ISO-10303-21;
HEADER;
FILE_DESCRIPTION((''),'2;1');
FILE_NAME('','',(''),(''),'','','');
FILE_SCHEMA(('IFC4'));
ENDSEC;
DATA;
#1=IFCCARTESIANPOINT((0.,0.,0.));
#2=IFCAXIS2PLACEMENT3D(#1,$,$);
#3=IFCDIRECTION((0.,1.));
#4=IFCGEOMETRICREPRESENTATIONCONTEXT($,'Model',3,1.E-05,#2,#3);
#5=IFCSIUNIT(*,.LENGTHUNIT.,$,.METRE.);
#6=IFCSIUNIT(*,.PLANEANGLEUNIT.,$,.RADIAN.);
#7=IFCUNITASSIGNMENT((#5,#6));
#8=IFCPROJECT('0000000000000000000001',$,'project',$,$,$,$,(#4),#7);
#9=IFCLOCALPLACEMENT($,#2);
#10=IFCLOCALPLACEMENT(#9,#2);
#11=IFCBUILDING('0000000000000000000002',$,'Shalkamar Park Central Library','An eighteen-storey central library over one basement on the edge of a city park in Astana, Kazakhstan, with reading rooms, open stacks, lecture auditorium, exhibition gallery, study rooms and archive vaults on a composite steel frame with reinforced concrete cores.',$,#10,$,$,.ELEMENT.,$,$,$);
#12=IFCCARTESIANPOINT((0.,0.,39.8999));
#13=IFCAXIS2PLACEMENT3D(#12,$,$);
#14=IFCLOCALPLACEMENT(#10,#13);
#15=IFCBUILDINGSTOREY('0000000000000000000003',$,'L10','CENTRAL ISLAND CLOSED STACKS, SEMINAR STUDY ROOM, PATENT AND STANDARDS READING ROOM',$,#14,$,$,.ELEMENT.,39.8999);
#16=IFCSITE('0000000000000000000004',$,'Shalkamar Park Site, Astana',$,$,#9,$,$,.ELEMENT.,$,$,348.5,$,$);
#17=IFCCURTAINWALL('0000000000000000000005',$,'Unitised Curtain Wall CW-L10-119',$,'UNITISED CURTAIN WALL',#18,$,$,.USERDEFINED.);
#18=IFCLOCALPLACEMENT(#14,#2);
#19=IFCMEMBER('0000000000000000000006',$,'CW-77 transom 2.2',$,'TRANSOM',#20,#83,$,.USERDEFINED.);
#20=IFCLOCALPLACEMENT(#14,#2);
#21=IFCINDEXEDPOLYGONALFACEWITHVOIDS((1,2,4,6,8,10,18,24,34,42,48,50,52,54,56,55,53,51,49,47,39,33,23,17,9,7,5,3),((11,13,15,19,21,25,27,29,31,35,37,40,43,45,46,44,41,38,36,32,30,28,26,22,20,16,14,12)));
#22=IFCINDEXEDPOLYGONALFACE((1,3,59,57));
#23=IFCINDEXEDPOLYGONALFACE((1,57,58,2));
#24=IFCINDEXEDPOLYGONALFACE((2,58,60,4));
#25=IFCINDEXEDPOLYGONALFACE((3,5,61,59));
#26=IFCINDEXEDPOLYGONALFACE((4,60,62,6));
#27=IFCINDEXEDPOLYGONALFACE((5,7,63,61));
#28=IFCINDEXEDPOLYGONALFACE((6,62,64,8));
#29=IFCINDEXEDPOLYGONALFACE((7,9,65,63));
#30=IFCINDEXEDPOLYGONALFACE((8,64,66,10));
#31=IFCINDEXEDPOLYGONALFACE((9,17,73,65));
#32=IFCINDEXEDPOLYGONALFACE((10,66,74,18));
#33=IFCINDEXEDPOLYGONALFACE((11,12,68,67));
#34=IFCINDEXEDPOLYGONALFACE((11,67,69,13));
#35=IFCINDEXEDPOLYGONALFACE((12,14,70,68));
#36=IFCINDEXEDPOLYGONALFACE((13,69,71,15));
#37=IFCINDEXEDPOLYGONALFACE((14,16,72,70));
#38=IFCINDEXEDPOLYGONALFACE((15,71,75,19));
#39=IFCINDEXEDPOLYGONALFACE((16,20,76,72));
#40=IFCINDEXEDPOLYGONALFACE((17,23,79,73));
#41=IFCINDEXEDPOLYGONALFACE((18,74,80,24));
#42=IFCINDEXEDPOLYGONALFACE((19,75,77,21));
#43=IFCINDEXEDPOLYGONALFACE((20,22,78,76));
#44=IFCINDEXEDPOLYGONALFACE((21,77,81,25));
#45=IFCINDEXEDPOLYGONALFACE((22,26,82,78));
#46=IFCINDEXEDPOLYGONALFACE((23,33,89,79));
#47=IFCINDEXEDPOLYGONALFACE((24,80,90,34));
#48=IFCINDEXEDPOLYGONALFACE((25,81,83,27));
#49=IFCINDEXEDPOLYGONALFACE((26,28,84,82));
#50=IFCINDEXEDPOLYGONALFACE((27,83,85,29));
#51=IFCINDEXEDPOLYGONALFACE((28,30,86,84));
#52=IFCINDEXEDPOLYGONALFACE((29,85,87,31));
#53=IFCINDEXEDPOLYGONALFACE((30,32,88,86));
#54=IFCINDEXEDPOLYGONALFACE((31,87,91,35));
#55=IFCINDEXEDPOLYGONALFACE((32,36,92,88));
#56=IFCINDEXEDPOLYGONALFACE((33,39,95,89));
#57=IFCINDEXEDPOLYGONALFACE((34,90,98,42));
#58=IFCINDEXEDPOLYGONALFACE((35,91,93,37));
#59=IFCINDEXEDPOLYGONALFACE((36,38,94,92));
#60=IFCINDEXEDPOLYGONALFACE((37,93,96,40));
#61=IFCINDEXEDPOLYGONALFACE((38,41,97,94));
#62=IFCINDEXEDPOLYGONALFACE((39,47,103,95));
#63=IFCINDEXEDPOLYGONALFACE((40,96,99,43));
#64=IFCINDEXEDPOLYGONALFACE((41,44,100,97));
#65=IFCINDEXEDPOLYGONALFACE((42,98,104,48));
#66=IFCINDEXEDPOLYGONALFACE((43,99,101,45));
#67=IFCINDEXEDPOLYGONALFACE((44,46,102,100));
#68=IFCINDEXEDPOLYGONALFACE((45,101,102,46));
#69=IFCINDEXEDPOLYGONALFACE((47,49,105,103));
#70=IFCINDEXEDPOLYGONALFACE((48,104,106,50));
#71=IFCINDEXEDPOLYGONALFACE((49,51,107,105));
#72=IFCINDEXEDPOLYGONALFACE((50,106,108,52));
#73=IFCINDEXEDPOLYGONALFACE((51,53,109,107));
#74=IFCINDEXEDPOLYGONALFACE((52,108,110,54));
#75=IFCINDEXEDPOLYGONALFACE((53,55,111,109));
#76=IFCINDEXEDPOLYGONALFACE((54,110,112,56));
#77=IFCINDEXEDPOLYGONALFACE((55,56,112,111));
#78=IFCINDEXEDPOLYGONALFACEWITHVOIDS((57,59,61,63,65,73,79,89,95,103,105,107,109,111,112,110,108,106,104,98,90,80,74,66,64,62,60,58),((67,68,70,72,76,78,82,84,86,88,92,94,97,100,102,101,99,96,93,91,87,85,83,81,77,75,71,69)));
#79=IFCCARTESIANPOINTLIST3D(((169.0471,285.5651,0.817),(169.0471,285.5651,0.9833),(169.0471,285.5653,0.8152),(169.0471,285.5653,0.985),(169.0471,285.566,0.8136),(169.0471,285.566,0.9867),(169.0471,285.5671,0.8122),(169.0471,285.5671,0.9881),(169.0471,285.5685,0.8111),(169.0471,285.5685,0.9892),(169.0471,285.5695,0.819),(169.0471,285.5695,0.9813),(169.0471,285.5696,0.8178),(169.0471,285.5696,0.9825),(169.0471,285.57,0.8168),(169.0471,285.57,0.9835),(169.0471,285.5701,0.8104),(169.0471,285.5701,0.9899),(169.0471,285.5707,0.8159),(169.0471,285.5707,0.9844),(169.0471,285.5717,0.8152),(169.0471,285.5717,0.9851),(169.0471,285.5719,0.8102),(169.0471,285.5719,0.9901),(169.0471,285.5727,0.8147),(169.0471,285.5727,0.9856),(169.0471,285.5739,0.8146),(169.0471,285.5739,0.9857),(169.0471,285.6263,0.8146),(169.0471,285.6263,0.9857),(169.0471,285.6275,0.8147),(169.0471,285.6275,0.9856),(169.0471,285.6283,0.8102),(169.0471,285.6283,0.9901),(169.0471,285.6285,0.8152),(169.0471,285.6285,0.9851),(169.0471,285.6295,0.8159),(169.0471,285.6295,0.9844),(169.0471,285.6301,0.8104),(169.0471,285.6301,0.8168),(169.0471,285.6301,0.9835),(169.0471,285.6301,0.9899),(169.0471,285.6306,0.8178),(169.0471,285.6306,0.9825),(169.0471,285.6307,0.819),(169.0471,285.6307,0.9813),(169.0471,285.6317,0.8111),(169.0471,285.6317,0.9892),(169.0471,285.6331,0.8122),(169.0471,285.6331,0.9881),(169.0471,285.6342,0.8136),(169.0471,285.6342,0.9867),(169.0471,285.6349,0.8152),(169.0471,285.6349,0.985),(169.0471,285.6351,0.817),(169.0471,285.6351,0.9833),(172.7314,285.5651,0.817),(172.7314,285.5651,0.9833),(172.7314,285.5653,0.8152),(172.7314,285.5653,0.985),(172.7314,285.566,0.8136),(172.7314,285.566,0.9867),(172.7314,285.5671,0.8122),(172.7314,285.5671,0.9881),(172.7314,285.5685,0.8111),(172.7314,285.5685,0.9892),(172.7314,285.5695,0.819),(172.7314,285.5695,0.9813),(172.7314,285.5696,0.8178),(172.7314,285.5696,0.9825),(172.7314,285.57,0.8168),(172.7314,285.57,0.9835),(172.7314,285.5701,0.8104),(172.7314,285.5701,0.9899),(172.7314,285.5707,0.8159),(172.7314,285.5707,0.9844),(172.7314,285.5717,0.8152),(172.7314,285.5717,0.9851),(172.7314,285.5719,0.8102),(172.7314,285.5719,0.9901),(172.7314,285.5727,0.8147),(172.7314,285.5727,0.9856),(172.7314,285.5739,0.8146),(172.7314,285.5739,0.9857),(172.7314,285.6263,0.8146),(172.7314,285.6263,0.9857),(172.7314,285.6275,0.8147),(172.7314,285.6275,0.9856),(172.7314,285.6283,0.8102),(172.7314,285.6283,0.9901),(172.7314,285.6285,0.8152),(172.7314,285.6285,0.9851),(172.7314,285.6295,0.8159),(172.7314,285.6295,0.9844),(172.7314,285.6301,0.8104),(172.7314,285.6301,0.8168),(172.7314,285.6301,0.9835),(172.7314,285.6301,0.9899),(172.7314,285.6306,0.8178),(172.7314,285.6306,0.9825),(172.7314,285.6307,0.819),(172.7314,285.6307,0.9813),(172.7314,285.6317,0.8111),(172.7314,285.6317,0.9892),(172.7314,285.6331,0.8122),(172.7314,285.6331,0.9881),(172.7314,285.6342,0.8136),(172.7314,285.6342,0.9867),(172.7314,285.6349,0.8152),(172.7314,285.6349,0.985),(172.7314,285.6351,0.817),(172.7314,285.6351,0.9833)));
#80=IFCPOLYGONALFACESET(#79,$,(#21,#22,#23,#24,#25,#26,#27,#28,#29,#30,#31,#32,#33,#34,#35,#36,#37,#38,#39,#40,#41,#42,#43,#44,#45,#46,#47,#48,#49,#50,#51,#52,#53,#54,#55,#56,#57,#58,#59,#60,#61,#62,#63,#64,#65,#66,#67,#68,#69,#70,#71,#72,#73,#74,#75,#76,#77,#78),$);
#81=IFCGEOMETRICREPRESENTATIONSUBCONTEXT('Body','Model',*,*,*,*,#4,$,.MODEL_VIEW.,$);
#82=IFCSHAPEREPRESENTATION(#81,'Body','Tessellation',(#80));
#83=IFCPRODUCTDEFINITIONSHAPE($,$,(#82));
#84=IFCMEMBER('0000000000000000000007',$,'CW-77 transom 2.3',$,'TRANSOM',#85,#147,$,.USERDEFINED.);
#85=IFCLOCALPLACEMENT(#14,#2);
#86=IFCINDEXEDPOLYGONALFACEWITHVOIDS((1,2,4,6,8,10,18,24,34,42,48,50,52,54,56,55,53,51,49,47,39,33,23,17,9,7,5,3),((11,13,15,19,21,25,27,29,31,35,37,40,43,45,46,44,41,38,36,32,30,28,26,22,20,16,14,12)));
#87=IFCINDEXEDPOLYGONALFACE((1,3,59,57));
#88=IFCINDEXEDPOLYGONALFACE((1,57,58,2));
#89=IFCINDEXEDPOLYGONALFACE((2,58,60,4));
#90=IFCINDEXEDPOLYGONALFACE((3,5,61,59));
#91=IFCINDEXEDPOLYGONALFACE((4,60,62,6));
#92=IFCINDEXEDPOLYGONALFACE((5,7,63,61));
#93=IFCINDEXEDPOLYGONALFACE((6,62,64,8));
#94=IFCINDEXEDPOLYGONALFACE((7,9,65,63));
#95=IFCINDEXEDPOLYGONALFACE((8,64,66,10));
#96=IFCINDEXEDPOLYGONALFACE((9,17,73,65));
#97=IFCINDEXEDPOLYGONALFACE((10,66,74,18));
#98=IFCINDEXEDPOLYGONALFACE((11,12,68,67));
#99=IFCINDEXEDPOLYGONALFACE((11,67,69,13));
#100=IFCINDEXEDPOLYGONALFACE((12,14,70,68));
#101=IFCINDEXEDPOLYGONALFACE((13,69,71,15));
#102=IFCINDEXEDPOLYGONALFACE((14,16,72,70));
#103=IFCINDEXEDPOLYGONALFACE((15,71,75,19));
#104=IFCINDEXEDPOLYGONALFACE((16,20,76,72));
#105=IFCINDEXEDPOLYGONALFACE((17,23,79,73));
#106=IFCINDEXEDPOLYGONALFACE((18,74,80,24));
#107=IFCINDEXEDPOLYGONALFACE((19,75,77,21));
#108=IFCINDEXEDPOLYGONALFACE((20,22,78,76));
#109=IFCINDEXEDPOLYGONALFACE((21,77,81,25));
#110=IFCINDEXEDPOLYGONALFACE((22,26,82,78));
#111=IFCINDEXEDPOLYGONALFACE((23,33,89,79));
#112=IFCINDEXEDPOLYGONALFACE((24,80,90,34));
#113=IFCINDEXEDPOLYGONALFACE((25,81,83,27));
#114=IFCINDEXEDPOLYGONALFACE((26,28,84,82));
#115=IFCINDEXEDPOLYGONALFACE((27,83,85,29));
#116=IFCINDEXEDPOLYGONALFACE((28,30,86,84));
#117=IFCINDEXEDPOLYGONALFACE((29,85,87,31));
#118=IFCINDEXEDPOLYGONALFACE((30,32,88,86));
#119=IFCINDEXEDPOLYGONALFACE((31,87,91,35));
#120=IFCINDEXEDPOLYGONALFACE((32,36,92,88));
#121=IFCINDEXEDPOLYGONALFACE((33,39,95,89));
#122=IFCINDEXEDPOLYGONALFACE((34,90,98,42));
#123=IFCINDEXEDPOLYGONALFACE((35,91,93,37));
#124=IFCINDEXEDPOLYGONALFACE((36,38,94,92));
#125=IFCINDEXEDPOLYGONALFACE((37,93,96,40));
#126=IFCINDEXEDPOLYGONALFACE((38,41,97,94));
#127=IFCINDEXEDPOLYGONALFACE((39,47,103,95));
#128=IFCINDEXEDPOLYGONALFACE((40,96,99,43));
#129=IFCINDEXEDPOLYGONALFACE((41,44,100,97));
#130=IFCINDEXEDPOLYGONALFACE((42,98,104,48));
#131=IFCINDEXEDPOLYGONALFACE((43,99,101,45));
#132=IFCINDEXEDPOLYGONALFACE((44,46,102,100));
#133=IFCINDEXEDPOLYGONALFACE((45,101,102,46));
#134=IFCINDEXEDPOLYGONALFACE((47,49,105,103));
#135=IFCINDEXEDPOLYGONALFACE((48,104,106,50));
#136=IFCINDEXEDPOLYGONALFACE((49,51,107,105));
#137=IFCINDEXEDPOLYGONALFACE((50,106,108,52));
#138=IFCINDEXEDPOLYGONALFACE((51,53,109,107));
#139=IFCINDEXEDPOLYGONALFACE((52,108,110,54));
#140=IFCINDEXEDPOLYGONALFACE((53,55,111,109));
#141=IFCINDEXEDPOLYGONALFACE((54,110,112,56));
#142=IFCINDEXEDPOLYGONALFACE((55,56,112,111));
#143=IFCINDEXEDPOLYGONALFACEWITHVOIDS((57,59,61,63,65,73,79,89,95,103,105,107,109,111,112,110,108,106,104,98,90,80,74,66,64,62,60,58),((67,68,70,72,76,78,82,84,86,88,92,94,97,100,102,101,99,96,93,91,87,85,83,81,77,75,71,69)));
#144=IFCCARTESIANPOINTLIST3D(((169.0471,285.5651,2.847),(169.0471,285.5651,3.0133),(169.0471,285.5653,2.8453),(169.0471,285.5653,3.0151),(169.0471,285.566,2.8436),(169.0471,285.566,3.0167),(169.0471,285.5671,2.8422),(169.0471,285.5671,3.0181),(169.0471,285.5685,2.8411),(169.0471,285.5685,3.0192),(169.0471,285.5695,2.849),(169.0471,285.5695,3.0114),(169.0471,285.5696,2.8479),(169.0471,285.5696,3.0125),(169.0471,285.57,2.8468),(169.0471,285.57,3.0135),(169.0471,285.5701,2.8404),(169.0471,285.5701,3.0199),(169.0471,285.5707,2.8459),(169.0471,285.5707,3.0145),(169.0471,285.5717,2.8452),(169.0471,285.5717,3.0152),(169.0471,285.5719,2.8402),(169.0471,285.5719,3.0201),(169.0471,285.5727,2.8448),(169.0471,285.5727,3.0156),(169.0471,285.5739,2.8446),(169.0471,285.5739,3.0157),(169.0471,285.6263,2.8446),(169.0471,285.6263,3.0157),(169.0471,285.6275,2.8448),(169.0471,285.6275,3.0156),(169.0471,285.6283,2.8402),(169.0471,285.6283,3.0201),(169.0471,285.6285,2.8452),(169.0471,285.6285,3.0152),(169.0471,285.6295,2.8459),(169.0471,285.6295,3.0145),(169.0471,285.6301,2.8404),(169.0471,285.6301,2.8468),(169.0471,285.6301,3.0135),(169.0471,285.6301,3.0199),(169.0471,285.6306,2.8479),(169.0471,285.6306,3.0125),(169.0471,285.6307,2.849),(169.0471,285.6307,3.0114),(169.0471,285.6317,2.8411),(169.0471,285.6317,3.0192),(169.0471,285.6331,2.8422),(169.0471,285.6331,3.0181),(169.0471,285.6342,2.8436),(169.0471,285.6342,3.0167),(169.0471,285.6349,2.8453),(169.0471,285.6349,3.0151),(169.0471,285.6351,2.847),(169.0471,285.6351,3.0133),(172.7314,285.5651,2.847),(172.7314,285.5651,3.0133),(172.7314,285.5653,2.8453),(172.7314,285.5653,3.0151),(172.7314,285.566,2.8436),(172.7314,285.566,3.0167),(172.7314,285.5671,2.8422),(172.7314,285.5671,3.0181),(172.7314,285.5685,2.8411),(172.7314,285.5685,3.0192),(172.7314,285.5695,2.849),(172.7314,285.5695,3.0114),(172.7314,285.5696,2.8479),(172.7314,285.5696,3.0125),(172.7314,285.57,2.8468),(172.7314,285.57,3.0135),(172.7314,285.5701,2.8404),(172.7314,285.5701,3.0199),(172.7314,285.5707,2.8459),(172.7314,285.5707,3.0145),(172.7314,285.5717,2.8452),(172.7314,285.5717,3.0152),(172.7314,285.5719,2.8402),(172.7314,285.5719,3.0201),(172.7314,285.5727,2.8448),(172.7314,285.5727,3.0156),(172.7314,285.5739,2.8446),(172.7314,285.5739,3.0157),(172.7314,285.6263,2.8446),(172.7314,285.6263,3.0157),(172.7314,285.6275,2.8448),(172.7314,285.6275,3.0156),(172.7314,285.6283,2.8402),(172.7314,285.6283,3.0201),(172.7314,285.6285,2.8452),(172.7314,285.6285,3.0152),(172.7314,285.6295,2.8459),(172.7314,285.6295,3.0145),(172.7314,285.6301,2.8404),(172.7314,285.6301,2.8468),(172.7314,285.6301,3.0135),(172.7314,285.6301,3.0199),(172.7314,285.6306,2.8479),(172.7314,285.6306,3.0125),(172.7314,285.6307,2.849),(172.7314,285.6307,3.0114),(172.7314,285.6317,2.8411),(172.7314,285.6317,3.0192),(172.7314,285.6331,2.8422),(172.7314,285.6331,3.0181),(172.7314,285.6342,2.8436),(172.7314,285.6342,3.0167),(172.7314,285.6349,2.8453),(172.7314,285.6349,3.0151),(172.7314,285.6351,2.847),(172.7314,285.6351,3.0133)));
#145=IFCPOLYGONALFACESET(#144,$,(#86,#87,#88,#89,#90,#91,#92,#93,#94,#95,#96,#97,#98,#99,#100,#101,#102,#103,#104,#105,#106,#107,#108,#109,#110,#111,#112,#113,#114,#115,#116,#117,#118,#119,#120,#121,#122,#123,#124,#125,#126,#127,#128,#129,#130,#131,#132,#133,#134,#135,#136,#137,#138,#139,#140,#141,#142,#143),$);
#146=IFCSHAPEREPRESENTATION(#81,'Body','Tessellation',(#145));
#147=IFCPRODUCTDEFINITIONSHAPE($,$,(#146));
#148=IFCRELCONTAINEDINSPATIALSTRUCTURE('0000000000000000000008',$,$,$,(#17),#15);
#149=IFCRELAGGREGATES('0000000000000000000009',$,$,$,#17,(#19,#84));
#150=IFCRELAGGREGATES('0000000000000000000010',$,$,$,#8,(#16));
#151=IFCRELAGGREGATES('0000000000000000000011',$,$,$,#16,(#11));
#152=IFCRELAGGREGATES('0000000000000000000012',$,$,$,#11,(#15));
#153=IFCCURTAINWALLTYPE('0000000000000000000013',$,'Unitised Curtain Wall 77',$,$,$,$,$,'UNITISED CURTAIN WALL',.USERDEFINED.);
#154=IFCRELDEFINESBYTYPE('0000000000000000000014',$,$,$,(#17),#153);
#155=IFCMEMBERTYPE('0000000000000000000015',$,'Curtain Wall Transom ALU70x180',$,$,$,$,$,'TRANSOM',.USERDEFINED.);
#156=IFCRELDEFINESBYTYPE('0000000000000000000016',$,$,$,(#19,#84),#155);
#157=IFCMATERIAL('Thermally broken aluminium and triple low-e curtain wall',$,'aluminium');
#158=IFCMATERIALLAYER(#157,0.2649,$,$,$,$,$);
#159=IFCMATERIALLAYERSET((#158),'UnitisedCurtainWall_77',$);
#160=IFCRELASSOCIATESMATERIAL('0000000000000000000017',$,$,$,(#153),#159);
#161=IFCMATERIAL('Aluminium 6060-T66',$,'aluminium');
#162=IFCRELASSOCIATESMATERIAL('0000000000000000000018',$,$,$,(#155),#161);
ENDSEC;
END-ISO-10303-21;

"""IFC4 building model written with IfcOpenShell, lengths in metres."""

from ifc_helpers import new_model, si_unit, direction, frame, origin, origin_2d, place, context, subcontext, project, spatial, hollow_rectangle, extrude, material, layer, layer_set, material_profile, profile_set, type_object, element, aggregate, save


model = new_model("IFC4")

# Units and contexts
model_context = context("Model", 3, precision=1e-05, world=origin(), true_north=direction((0.0, 1.0)))
body_context = subcontext(model_context, "Body", "Model", "MODEL_VIEW")
ifc_project = project(units=[si_unit("LENGTHUNIT", "METRE"), si_unit("PLANEANGLEUNIT", "RADIAN")], contexts=[model_context])

# Site, building, storey
site_placement = place(None, origin())
site = spatial("IfcSite", under=ifc_project, at=site_placement, Name="Shalkamar Park Site, Astana", CompositionType="ELEMENT", RefElevation=348.5)
building_placement = place(site_placement, origin())
building = spatial("IfcBuilding", under=site, at=building_placement, Name="Shalkamar Park Central Library", Description="An eighteen-storey central library over one basement on the edge of a city park in Astana, Kazakhstan, with reading rooms, open stacks, lecture auditorium, exhibition gallery, study rooms and archive vaults on a composite steel frame with reinforced concrete cores.", CompositionType="ELEMENT")
storey_placement = place(building_placement, frame((0.0, 0.0, 39.8999)))
storey = spatial("IfcBuildingStorey", under=building, at=storey_placement, Name="L10", Description="CENTRAL ISLAND CLOSED STACKS, SEMINAR STUDY ROOM, PATENT AND STANDARDS READING ROOM", CompositionType="ELEMENT", Elevation=39.8999)

# Curtain wall
ifc_material_1 = material(Name="Thermally broken aluminium and triple low-e curtain wall", Category="aluminium")
ifc_layer_1 = layer(ifc_material_1, 0.2649)
ifc_layer_set_1 = layer_set([ifc_layer_1], Name="UnitisedCurtainWall_77")
curtain_wall_type_1 = type_object("IfcCurtainWallType", Name="Unitised Curtain Wall 77", ElementType="UNITISED CURTAIN WALL", PredefinedType="USERDEFINED", material=ifc_layer_set_1)
curtain_wall_1_placement = place(storey_placement, origin())
curtain_wall_1 = element("IfcCurtainWall", 1, at=curtain_wall_1_placement, inside=storey, type_object=curtain_wall_type_1, Name="Unitised Curtain Wall CW-L10-119", ObjectType="UNITISED CURTAIN WALL", PredefinedType="USERDEFINED")
ifc_material_2 = material(Name="Aluminium 6060-T66", Category="aluminium")

# Members
ifc_material_profile_1 = material_profile(ifc_material_2, hollow_rectangle(XDim=0.0701, YDim=0.1799, WallThickness=0.0044, InnerFilletRadius=0.0044, OuterFilletRadius=0.0068, at=origin_2d()), Name="ALU 70x180x4.5")
ifc_profile_set_1 = profile_set([ifc_material_profile_1], Name="Aluminium 6060-T66")
member_type_1 = type_object("IfcMemberType", Name="Curtain Wall Transom ALU70x180", ElementType="TRANSOM", PredefinedType="USERDEFINED", material=ifc_profile_set_1)
member_1_placement = place(storey_placement, frame((169.0471, 285.6001, 0.9001), z_axis=(1.0, 0.0, 0.0), x_axis=(0.0, 1.0, 0.0)))
member_1 = element("IfcMember", 2, at=member_1_placement, type_object=member_type_1, Name="CW-77 transom 2.2", ObjectType="TRANSOM", PredefinedType="USERDEFINED", context=body_context, shape_type="SweptSolid", body=[
    extrude(hollow_rectangle(XDim=0.0701, YDim=0.1799, WallThickness=0.0044, InnerFilletRadius=0.0044, OuterFilletRadius=0.0068, at=origin_2d()), origin(), (0.0, 0.0, 1.0), 3.6843),
])
member_2_placement = place(storey_placement, frame((169.0471, 285.6001, 2.9302), z_axis=(1.0, 0.0, 0.0), x_axis=(0.0, 1.0, 0.0)))
member_2 = element("IfcMember", 3, at=member_2_placement, type_object=member_type_1, Name="CW-77 transom 2.3", ObjectType="TRANSOM", PredefinedType="USERDEFINED", context=body_context, shape_type="SweptSolid", body=[
    extrude(hollow_rectangle(XDim=0.0701, YDim=0.1799, WallThickness=0.0044, InnerFilletRadius=0.0044, OuterFilletRadius=0.0068, at=origin_2d()), origin(), (0.0, 0.0, 1.0), 3.6843),
])

aggregate(curtain_wall_1, [member_1, member_2])

save(model, "model.ifc")
